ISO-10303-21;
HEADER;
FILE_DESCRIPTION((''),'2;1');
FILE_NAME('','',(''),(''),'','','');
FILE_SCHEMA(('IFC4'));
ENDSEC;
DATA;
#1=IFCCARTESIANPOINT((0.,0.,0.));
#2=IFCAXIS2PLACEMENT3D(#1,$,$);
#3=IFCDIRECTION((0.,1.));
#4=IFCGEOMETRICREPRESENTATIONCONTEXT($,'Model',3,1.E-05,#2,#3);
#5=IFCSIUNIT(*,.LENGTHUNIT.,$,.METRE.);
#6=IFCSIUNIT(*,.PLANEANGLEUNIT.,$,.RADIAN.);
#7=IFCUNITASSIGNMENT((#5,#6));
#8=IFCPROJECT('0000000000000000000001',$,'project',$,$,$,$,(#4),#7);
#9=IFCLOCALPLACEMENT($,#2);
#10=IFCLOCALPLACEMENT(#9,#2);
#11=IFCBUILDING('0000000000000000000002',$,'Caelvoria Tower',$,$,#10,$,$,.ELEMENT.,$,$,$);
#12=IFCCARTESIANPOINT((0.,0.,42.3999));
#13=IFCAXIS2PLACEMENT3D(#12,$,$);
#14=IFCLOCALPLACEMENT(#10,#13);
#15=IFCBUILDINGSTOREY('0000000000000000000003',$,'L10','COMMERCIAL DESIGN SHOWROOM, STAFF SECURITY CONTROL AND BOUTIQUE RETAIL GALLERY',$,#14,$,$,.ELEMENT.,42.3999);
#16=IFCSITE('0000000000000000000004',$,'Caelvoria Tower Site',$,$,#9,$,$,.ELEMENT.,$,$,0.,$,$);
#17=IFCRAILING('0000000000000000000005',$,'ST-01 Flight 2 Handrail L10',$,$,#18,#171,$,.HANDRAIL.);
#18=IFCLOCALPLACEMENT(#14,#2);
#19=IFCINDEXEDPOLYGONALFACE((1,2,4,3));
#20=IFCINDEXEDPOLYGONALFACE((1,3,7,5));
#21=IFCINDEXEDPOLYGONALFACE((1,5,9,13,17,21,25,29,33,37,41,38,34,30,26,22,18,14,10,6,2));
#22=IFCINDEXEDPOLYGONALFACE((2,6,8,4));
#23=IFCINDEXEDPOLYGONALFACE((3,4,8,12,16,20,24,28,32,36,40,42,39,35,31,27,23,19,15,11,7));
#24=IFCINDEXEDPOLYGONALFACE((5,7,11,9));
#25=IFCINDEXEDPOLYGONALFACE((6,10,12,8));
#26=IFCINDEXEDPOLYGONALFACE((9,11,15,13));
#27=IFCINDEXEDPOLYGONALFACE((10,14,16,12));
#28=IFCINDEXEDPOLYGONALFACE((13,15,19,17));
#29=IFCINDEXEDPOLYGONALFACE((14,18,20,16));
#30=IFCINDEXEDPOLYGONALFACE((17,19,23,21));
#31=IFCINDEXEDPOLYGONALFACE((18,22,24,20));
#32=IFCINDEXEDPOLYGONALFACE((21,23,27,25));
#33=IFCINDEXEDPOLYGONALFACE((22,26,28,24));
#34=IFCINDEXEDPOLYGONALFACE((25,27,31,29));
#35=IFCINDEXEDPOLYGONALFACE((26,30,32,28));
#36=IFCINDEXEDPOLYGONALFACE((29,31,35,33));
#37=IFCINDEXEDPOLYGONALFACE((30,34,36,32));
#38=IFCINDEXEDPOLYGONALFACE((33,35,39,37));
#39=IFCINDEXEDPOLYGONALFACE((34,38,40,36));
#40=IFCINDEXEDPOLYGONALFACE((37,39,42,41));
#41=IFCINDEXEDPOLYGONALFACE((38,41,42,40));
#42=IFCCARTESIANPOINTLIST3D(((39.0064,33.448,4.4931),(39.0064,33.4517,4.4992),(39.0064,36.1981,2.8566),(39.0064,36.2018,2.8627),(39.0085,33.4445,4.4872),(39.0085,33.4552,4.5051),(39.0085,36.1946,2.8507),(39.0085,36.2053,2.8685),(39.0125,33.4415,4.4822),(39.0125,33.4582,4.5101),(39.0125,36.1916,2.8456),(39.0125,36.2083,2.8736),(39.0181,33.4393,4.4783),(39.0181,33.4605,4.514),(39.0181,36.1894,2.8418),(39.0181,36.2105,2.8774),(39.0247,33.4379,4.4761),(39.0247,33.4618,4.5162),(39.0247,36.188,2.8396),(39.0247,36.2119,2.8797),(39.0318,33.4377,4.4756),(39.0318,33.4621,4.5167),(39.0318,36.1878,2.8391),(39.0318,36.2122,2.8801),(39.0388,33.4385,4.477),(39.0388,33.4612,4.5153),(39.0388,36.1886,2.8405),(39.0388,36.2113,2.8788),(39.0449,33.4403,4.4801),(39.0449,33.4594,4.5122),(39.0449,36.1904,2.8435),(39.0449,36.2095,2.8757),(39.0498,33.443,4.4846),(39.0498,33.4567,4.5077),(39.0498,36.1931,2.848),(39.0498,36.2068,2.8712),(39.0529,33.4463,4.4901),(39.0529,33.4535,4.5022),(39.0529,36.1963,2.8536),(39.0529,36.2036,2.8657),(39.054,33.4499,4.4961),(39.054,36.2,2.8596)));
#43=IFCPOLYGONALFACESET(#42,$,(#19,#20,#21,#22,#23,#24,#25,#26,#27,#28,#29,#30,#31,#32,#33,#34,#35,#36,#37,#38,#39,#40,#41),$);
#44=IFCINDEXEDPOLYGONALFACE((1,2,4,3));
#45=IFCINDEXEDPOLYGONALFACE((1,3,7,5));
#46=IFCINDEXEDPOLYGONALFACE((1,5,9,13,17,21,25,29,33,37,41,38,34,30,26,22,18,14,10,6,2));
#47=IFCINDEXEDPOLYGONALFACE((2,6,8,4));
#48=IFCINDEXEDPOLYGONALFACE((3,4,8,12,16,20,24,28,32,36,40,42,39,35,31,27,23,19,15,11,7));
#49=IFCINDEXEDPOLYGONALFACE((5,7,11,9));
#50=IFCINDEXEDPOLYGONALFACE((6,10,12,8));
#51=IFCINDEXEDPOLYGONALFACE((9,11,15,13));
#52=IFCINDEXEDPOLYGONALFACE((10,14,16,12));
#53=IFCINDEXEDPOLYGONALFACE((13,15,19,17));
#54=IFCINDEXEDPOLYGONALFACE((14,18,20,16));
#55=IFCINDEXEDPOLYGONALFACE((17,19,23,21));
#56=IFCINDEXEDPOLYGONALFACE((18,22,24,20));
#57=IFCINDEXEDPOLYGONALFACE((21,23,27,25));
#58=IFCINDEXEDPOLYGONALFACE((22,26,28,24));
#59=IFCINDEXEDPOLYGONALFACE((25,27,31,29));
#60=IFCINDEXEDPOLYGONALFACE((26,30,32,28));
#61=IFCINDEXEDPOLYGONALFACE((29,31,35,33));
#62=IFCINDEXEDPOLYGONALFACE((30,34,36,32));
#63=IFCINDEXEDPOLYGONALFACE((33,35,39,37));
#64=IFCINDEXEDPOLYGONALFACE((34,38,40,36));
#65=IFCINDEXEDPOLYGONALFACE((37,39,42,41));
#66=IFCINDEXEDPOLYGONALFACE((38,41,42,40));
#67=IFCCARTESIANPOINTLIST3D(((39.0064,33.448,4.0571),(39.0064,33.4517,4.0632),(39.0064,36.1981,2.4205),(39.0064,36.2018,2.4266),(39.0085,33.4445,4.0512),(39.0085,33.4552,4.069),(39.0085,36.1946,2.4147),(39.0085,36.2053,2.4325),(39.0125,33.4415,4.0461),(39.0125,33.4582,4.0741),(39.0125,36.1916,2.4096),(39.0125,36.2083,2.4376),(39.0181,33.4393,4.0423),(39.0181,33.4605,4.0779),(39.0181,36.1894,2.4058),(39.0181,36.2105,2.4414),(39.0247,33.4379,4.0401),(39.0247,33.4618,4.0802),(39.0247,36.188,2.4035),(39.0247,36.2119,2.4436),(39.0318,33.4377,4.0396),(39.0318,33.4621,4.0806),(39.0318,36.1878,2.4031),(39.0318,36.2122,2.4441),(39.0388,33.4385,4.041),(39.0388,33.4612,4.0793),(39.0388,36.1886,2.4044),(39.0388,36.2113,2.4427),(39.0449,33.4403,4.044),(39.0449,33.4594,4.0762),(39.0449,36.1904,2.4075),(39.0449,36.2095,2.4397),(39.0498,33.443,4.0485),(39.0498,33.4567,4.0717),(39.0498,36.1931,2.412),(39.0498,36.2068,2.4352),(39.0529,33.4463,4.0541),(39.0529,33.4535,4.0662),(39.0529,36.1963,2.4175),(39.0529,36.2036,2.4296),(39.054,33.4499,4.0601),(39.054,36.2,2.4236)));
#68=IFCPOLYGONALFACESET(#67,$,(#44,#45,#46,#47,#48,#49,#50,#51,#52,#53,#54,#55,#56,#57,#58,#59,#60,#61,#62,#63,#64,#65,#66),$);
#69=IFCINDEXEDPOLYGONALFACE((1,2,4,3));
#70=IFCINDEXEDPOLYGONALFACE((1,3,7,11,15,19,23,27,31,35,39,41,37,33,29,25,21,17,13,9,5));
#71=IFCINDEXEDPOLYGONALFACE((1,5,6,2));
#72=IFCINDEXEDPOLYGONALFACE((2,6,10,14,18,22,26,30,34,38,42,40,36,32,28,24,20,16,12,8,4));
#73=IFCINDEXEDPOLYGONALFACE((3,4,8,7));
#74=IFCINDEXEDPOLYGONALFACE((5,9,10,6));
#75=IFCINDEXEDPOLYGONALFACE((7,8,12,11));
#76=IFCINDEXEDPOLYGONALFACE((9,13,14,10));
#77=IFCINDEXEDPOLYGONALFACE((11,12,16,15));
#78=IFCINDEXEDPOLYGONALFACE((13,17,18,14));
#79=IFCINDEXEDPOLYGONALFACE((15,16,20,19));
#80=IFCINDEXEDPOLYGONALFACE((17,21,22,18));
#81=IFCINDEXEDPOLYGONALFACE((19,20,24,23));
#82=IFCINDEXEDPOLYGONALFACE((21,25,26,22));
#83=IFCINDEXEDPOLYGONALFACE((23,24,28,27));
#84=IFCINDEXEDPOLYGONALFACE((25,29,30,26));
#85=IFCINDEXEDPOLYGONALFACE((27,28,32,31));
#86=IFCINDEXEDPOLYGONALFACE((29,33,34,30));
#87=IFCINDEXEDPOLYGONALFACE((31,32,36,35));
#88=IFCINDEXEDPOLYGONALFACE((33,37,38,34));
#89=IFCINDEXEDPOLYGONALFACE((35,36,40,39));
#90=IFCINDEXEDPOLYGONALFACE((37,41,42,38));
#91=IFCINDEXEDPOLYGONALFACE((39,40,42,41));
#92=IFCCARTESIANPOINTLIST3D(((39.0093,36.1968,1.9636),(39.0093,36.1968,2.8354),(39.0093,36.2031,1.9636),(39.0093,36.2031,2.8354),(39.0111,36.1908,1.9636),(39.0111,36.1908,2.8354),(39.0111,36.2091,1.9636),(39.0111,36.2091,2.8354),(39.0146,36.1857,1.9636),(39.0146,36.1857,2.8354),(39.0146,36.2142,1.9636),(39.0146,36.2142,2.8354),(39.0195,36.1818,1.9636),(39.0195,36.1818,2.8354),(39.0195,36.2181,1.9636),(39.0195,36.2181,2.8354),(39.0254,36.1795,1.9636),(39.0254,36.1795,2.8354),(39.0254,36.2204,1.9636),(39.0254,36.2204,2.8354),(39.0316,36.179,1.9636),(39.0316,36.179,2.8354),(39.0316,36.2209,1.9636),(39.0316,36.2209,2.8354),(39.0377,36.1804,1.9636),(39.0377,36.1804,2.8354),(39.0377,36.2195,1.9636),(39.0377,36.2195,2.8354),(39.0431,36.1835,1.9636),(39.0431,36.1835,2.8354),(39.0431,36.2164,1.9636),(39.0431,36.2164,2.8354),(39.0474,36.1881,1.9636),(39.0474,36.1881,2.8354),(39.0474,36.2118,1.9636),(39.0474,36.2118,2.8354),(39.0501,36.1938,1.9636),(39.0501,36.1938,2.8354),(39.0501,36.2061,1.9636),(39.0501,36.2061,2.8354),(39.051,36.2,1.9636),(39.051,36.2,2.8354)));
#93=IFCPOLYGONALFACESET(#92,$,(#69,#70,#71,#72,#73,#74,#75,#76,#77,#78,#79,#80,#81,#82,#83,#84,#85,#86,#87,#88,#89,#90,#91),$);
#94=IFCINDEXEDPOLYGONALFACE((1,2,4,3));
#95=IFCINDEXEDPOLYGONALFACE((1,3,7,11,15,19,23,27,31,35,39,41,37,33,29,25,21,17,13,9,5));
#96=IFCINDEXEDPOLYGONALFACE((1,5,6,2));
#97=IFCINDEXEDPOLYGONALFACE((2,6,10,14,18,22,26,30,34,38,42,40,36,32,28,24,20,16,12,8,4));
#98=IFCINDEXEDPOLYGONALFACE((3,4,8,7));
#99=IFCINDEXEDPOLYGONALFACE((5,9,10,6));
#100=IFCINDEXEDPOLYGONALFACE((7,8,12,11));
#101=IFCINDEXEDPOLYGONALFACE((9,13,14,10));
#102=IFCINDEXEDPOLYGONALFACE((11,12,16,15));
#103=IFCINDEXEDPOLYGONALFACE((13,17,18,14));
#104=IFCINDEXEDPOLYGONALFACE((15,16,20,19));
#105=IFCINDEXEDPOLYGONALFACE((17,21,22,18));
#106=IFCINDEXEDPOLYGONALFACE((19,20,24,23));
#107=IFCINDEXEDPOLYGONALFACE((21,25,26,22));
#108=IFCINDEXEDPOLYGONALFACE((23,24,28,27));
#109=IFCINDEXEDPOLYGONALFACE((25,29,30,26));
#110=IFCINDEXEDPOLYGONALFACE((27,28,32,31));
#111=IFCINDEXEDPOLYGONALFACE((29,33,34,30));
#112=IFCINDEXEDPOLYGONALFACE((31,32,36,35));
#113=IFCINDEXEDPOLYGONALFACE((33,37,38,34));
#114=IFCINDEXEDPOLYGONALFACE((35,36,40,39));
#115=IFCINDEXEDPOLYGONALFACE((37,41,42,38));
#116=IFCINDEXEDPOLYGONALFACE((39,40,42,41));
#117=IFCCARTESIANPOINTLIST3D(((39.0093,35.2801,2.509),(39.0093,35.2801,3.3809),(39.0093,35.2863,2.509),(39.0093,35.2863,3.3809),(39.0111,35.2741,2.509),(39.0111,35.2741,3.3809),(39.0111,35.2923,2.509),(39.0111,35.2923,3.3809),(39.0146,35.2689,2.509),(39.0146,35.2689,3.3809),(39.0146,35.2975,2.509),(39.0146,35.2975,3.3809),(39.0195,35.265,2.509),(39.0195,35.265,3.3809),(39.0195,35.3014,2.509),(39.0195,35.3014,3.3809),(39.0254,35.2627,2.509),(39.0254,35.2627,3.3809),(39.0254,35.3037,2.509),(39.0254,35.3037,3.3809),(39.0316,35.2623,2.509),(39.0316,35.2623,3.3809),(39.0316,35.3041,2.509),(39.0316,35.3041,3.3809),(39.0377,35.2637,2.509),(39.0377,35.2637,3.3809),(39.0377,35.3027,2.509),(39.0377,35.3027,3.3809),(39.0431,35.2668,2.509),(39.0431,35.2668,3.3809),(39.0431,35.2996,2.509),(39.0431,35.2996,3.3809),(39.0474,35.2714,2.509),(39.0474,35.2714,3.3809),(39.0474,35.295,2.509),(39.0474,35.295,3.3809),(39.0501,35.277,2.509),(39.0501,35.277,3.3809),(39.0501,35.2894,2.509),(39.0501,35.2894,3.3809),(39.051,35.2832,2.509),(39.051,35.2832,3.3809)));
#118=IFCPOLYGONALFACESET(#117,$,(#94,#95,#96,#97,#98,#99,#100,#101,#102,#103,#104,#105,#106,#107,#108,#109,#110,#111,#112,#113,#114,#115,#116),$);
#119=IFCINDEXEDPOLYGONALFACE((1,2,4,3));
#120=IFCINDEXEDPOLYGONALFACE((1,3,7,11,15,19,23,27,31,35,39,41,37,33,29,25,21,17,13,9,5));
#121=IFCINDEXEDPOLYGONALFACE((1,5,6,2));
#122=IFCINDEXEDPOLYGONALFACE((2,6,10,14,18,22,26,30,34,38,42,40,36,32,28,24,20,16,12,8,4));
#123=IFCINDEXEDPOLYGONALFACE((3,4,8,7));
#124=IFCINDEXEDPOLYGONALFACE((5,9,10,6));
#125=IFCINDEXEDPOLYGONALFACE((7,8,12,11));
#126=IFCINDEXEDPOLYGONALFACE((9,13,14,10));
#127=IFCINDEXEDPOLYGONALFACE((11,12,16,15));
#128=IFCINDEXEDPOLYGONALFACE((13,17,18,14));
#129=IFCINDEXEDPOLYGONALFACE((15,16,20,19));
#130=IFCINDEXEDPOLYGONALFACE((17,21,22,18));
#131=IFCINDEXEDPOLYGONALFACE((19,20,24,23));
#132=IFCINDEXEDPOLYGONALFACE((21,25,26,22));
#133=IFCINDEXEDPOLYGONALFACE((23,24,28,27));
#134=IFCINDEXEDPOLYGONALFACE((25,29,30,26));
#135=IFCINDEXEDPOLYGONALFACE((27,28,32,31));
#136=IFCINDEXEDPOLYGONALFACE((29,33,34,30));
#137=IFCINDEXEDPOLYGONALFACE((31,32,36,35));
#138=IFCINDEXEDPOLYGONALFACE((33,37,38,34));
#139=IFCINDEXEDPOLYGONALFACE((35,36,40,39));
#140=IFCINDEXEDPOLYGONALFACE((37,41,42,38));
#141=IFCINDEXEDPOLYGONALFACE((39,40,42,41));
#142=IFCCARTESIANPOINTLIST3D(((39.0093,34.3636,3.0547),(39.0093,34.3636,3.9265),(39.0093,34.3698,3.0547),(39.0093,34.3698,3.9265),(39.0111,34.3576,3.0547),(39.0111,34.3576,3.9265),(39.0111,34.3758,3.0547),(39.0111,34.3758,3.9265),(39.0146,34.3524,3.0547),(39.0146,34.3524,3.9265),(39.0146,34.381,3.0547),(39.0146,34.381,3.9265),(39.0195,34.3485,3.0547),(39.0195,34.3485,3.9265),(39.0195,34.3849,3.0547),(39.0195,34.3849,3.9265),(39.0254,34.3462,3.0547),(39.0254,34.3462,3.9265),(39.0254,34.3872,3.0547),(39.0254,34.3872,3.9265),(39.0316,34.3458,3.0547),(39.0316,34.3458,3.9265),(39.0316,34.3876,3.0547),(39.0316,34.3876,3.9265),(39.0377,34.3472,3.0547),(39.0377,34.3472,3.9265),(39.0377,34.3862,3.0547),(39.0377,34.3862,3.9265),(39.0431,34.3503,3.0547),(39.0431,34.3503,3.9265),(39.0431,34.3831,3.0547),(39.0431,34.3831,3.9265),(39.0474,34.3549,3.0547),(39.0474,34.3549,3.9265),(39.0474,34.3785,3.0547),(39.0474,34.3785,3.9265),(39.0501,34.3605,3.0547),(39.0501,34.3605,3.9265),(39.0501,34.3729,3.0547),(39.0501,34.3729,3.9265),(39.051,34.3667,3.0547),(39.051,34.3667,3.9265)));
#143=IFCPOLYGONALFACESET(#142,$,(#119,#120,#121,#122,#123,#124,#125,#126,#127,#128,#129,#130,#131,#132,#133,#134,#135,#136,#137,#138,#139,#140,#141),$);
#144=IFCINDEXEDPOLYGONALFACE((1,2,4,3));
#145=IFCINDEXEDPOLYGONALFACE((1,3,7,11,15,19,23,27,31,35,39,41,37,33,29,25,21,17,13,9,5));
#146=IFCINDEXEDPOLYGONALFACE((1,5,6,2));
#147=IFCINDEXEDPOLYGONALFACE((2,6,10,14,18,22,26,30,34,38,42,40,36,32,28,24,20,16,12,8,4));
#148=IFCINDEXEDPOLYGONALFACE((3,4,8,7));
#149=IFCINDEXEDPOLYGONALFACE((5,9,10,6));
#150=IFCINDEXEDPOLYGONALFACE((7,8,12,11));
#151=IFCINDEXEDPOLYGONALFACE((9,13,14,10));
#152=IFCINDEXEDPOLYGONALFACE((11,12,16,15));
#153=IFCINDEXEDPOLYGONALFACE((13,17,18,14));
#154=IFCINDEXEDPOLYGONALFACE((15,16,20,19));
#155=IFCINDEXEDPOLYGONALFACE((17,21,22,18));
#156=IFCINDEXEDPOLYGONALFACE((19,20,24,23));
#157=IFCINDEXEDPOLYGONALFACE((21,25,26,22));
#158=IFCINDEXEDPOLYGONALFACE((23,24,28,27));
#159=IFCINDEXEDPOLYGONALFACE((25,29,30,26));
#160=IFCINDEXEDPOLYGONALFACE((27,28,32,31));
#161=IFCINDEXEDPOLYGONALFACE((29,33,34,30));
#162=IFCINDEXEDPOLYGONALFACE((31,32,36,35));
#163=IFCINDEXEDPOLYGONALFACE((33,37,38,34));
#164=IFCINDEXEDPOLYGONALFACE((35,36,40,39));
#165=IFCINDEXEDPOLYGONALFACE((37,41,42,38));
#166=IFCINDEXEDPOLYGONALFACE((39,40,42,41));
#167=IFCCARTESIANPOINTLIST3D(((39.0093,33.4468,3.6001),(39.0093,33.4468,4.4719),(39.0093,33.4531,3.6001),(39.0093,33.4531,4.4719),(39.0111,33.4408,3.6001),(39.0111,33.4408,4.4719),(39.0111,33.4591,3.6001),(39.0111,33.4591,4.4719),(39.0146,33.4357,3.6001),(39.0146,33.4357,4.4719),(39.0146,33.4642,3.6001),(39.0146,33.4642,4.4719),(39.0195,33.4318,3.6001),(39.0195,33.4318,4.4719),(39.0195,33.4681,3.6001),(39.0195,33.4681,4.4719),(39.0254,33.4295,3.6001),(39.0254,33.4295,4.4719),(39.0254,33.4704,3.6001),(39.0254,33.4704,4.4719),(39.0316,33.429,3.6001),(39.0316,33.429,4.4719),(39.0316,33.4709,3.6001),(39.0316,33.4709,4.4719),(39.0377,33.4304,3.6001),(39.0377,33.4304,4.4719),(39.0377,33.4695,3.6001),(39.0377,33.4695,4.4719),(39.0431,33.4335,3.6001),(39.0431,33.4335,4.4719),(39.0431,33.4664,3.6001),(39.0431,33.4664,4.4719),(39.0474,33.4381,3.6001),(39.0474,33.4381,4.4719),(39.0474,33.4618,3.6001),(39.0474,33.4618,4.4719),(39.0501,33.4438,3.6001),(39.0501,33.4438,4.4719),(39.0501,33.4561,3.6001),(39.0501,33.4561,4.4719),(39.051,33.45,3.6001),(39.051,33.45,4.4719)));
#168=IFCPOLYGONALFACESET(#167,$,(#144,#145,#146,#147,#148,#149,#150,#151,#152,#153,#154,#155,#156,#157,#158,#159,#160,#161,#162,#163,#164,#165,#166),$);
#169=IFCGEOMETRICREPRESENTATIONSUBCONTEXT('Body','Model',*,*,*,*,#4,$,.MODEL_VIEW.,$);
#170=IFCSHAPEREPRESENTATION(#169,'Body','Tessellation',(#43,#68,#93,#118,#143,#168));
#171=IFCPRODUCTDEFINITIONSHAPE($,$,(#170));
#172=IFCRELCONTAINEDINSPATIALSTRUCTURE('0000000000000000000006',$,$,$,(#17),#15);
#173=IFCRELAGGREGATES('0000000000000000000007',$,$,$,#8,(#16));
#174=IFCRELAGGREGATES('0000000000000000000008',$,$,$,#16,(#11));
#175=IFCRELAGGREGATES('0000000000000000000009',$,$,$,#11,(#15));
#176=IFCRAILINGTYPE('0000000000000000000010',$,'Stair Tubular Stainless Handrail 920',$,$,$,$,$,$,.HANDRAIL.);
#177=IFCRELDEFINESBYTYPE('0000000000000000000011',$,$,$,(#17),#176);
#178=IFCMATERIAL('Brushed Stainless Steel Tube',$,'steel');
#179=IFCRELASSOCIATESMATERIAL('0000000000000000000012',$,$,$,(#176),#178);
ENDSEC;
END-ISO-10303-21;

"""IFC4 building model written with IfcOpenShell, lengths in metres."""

from ifc_helpers import new_model, si_unit, direction, frame, origin, origin_2d, place, context, subcontext, project, spatial, circle, extrude, material, type_object, element, save


model = new_model("IFC4")

# Units and contexts
model_context = context("Model", 3, precision=1e-05, world=origin(), true_north=direction((0.0, 1.0)))
body_context = subcontext(model_context, "Body", "Model", "MODEL_VIEW")
ifc_project = project(units=[si_unit("LENGTHUNIT", "METRE"), si_unit("PLANEANGLEUNIT", "RADIAN")], contexts=[model_context])

# Site, building, storey
site_placement = place(None, origin())
site = spatial("IfcSite", under=ifc_project, at=site_placement, Name="Caelvoria Tower Site", CompositionType="ELEMENT", RefElevation=0.0)
building_placement = place(site_placement, origin())
building = spatial("IfcBuilding", under=site, at=building_placement, Name="Caelvoria Tower", CompositionType="ELEMENT")
storey_placement = place(building_placement, frame((0.0, 0.0, 42.3999)))
storey = spatial("IfcBuildingStorey", under=building, at=storey_placement, Name="L10", Description="COMMERCIAL DESIGN SHOWROOM, STAFF SECURITY CONTROL AND BOUTIQUE RETAIL GALLERY", CompositionType="ELEMENT", Elevation=42.3999)

# Railing
ifc_material_1 = material(Name="Brushed Stainless Steel Tube", Category="steel")
railing_type_1 = type_object("IfcRailingType", Name="Stair Tubular Stainless Handrail 920", PredefinedType="HANDRAIL", material=ifc_material_1)
railing_1_placement = place(storey_placement, frame((39.03, 36.2, 1.9636)))
element("IfcRailing", 1, at=railing_1_placement, inside=storey, type_object=railing_type_1, Name="ST-01 Flight 2 Handrail L10", PredefinedType="HANDRAIL", context=body_context, shape_type="SweptSolid", body=[
    extrude(circle(Radius=0.0239, at=origin_2d()), frame((0.0, 0.0, 0.896), z_axis=(0.0, -0.859352, 0.511385), x_axis=(1.0, 0.0, 0.0)), (0.0, 0.0, 1.0), 3.2002),
    extrude(circle(Radius=0.0239, at=origin_2d()), frame((0.0, 0.0, 0.46), z_axis=(0.0, -0.859352, 0.511385), x_axis=(1.0, 0.0, 0.0)), (0.0, 0.0, 1.0), 3.2002),
    extrude(circle(Radius=0.021, at=origin_2d()), origin(), (0.0, 0.0, 1.0), 0.8718),
    extrude(circle(Radius=0.021, at=origin_2d()), frame((0.0, -0.9167, 0.5454)), (0.0, 0.0, 1.0), 0.8718),
    extrude(circle(Radius=0.021, at=origin_2d()), frame((0.0, -1.8333, 1.0911)), (0.0, 0.0, 1.0), 0.8718),
    extrude(circle(Radius=0.021, at=origin_2d()), frame((0.0, -2.75, 1.6365)), (0.0, 0.0, 1.0), 0.8718),
])

save(model, "model.ifc")
